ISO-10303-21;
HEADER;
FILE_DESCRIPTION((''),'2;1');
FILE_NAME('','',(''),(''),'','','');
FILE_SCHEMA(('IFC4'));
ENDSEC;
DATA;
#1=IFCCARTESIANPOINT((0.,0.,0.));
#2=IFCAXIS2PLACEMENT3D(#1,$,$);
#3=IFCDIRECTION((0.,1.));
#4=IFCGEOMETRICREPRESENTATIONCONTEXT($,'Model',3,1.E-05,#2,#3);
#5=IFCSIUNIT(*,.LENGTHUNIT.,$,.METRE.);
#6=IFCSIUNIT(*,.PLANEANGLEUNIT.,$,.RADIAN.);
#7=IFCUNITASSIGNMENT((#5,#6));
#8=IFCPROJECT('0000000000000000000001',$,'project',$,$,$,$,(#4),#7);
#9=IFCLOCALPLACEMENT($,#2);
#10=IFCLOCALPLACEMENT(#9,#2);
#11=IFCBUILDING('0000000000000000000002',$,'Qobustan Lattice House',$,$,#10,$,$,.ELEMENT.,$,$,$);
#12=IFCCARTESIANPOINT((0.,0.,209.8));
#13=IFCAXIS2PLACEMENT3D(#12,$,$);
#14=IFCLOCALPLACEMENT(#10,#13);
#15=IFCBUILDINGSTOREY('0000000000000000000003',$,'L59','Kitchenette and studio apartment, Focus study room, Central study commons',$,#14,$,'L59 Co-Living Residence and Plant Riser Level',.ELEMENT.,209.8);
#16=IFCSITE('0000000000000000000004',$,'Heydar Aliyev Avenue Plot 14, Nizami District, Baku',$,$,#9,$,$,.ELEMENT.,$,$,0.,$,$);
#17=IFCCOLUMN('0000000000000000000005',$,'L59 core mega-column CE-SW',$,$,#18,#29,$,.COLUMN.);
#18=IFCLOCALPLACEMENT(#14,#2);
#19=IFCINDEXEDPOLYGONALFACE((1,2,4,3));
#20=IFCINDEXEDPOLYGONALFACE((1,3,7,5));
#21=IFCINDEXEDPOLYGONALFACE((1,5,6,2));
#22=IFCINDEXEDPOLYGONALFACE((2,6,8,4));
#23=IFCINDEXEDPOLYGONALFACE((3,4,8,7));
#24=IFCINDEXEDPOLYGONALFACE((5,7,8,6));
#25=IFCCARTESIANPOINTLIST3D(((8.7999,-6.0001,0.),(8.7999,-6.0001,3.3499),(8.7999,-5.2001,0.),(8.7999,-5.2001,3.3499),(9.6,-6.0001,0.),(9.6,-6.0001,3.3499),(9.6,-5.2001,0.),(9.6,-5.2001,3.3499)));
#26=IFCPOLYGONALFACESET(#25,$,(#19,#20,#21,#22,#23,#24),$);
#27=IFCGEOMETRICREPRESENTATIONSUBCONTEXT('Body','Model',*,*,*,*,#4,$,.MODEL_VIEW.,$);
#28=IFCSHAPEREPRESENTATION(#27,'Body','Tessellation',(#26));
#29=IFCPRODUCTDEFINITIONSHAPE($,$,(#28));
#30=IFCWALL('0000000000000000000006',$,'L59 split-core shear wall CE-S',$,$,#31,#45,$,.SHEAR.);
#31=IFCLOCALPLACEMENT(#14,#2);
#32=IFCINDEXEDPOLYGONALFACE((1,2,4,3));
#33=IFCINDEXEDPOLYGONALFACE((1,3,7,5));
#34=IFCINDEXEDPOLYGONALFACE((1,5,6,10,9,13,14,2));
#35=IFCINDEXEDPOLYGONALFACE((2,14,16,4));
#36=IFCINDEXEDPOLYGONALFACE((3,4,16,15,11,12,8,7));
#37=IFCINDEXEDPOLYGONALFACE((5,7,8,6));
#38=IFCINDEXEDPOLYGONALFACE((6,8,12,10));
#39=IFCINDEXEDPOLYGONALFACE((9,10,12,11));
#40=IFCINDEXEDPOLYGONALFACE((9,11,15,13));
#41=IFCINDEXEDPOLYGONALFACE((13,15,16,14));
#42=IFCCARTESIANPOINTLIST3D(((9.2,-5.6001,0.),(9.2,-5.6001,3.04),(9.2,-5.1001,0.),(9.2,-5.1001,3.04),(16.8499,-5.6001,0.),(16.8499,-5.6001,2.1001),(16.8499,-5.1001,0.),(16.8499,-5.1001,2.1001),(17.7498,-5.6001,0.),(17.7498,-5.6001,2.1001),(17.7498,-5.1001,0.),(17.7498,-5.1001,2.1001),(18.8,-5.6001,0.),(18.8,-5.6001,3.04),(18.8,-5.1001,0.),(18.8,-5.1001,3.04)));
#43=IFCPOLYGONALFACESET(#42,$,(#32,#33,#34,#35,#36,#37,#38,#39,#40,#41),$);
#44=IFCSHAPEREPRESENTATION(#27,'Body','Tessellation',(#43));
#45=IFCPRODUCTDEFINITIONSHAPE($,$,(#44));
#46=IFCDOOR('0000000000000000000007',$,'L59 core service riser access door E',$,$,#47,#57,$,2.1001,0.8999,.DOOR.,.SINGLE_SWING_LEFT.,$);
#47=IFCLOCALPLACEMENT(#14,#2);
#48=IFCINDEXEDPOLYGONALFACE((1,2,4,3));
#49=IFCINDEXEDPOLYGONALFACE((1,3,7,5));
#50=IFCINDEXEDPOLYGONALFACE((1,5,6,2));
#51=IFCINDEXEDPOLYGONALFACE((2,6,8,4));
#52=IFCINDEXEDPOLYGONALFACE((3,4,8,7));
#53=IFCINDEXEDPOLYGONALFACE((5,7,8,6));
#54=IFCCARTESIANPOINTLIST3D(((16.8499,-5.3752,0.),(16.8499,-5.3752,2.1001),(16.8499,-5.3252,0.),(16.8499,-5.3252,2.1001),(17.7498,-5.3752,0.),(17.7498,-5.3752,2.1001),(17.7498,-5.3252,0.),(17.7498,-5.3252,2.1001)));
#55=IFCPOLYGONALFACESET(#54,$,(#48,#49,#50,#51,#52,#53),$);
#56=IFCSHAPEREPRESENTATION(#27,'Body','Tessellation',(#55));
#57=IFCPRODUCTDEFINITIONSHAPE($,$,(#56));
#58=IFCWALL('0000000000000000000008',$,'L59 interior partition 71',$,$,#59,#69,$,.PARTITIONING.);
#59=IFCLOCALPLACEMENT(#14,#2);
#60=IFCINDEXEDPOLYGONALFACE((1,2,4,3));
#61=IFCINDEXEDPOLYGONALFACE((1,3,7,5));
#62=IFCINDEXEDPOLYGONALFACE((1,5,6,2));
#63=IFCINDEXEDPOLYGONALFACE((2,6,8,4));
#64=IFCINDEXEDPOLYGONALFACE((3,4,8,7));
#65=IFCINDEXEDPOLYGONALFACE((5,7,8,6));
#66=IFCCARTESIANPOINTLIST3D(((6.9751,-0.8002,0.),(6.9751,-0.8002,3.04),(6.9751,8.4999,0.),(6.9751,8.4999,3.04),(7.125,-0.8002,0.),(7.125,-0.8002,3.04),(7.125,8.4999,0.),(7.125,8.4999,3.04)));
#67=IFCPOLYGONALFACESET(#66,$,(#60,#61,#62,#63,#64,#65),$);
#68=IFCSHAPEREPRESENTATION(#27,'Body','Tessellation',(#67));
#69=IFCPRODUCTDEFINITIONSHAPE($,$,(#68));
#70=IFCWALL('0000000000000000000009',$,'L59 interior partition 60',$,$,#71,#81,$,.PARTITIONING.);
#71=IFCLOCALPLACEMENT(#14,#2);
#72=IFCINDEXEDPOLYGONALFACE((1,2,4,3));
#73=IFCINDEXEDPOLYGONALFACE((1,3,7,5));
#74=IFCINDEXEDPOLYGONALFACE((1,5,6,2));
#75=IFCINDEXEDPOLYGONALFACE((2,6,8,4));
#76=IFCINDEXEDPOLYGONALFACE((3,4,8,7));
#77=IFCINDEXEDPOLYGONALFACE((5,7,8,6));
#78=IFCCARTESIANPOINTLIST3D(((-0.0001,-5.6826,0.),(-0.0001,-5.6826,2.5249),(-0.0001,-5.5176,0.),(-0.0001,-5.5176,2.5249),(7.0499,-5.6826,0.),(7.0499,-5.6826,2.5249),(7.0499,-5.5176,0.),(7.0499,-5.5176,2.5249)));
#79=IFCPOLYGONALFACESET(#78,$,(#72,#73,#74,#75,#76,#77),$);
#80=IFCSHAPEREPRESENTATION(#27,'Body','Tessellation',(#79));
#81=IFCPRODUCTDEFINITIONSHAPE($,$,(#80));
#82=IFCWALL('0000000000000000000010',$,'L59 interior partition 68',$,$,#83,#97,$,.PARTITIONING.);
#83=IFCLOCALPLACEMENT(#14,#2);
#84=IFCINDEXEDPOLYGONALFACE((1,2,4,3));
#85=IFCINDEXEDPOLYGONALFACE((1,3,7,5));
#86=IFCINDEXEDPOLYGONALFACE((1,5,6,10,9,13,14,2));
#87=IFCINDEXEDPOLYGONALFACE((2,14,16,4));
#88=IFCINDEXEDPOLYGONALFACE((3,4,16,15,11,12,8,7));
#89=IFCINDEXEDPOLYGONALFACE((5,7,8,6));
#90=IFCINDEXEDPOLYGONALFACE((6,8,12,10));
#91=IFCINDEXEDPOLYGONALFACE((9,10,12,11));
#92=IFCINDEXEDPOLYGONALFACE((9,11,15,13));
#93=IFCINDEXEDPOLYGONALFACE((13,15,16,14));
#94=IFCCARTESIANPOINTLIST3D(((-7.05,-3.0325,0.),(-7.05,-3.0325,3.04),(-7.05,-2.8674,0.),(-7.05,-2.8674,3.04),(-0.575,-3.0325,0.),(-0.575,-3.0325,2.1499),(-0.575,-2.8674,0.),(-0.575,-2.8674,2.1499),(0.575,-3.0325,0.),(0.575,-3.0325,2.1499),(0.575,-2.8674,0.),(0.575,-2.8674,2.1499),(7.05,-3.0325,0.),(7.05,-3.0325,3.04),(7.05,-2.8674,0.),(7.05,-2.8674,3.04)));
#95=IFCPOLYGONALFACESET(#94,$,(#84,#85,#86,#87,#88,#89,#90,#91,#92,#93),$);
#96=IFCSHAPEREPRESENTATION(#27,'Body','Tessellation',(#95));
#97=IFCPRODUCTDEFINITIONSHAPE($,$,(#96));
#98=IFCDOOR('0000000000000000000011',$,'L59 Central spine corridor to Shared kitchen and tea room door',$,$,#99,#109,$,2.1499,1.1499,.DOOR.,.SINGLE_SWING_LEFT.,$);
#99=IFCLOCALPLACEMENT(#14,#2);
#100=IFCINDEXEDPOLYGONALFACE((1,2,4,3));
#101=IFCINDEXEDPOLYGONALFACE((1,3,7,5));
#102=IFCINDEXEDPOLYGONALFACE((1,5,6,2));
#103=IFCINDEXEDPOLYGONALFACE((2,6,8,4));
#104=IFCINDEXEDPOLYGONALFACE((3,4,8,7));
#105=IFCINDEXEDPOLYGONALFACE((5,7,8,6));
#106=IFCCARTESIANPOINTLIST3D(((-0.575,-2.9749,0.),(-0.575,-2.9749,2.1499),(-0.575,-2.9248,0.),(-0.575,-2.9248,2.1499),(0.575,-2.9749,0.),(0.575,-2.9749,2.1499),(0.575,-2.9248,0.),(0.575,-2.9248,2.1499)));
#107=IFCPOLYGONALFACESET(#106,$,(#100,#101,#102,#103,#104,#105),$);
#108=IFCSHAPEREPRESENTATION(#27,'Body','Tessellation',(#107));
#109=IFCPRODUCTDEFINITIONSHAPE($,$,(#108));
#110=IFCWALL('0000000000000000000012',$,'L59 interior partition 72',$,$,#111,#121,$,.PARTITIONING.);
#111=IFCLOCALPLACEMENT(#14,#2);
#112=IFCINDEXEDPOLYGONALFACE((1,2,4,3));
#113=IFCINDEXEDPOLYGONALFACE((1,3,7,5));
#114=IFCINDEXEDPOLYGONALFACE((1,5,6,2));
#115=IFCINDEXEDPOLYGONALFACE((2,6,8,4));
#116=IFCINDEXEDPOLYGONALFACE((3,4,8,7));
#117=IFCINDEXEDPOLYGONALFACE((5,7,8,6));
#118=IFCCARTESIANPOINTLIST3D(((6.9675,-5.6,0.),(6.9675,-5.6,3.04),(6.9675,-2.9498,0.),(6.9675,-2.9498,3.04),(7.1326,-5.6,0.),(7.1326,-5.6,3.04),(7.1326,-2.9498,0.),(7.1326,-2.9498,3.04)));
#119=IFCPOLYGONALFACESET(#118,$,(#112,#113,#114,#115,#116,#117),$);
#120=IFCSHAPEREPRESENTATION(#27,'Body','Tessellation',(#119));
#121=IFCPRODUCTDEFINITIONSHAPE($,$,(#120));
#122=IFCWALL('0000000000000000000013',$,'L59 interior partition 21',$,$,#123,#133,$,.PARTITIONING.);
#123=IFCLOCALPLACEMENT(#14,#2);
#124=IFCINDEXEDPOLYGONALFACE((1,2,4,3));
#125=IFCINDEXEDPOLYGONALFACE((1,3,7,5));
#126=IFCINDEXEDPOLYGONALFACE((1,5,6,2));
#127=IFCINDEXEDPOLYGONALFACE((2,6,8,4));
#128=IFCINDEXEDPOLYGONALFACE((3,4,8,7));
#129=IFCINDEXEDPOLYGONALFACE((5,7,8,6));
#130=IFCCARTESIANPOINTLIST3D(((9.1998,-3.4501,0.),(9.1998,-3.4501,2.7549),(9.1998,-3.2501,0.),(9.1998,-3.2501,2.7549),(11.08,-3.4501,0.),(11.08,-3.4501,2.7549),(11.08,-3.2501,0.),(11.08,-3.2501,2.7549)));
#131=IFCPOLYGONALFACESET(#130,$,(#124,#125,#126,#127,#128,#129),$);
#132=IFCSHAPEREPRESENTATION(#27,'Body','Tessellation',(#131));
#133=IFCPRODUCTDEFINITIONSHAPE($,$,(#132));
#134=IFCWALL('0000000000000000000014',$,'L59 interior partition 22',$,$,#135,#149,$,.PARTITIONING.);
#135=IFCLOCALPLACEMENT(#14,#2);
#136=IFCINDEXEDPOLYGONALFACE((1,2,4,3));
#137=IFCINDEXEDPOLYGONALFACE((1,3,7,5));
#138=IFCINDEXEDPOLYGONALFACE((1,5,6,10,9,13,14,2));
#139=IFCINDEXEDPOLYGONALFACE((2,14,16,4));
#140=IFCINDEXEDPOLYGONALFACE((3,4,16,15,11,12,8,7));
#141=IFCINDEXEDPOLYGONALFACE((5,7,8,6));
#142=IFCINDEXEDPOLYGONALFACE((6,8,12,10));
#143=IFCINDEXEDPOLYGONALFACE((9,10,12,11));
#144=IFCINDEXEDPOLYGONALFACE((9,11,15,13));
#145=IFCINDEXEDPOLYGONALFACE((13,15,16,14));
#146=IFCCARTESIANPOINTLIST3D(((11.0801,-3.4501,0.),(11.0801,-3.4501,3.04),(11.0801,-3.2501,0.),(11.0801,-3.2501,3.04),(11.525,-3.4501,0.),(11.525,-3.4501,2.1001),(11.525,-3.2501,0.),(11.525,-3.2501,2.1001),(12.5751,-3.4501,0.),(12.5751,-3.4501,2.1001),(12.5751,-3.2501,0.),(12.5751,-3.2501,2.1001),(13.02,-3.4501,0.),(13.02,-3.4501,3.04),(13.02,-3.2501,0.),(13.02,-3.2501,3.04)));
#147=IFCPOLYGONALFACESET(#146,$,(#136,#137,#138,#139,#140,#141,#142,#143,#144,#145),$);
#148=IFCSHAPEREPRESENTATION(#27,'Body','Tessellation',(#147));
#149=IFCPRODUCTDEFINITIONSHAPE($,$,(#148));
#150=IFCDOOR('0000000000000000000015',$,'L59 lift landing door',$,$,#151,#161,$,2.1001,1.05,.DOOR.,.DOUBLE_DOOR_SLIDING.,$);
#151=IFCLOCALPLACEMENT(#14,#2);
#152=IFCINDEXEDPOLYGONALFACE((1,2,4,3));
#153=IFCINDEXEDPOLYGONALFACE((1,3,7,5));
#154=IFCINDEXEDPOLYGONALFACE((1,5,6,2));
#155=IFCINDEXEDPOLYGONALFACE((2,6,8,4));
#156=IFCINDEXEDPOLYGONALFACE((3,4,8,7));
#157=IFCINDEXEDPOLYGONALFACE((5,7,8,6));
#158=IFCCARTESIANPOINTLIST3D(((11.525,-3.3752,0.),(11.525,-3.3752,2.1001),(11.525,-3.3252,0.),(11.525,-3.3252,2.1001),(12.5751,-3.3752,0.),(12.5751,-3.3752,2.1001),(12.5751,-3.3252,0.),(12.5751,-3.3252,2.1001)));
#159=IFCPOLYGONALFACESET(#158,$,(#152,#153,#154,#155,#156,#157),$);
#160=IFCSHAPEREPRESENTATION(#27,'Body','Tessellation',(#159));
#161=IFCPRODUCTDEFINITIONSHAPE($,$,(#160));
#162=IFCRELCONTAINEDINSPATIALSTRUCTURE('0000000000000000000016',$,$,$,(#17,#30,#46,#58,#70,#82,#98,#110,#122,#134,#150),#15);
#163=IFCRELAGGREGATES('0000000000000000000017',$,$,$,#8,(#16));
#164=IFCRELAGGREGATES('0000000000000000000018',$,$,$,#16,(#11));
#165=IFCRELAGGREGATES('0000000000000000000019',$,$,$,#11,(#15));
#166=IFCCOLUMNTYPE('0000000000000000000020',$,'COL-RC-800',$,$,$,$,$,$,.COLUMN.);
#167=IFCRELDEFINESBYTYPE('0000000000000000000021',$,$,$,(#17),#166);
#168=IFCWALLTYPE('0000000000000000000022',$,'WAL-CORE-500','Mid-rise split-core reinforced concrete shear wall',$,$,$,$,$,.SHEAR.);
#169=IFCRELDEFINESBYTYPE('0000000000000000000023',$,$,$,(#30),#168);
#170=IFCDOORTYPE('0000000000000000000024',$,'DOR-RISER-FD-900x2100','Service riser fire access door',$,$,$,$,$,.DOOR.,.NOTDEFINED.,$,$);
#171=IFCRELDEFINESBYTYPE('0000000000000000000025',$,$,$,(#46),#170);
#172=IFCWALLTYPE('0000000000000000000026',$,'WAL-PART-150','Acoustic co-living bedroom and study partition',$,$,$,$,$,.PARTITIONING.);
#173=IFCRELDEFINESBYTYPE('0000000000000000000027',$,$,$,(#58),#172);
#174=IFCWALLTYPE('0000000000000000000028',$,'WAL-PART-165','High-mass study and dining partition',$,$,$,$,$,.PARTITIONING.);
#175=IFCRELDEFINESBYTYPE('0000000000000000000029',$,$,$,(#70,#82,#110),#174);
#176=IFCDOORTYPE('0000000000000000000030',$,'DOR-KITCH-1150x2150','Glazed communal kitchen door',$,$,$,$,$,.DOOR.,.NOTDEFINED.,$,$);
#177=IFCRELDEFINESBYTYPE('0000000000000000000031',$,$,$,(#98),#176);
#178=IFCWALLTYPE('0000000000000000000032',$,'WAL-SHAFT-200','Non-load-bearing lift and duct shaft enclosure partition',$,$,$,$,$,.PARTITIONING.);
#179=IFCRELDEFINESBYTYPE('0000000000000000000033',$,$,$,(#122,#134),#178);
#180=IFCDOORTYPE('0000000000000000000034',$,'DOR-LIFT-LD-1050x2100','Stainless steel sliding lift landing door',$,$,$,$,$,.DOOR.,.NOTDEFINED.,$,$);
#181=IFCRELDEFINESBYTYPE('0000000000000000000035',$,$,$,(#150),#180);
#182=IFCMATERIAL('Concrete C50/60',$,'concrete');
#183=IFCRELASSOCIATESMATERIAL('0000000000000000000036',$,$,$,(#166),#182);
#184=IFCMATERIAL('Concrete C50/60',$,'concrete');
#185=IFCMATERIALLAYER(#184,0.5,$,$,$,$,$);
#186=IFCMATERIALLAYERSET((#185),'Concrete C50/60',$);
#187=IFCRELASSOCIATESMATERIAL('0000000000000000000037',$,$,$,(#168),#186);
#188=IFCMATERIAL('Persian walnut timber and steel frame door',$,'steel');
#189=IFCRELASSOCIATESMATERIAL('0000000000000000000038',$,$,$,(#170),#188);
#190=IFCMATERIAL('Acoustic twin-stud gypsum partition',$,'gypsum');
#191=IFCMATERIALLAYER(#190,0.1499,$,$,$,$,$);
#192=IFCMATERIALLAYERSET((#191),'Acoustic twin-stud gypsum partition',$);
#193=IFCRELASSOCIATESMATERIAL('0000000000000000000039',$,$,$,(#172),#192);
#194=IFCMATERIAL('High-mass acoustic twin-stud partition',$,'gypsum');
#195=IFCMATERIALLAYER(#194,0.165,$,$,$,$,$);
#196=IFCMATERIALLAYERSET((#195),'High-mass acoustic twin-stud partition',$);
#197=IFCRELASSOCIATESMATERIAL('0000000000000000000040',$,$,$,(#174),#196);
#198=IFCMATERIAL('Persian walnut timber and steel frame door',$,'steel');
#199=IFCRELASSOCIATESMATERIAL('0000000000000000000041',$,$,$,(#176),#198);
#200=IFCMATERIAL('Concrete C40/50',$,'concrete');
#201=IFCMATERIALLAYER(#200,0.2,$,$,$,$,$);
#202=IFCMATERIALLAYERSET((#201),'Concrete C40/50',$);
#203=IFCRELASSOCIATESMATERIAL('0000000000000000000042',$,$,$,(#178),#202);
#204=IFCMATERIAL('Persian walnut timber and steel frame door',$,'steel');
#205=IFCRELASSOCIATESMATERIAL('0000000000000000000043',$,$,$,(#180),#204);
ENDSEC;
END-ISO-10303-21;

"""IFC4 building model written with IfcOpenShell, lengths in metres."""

from ifc_helpers import new_model, si_unit, direction, frame, frame_2d, origin, origin_2d, place, context, subcontext, project, spatial, rectangle, extrude, material, layer, layer_set, material_profile, profile_set, type_object, element, fill, save


model = new_model("IFC4")

# Units and contexts
model_context = context("Model", 3, precision=1e-05, world=origin(), true_north=direction((0.0, 1.0)))
body_context = subcontext(model_context, "Body", "Model", "MODEL_VIEW")
ifc_project = project(units=[si_unit("LENGTHUNIT", "METRE"), si_unit("PLANEANGLEUNIT", "RADIAN")], contexts=[model_context])

# Site, building, storey
site_placement = place(None, origin())
site = spatial("IfcSite", under=ifc_project, at=site_placement, Name="Heydar Aliyev Avenue Plot 14, Nizami District, Baku", CompositionType="ELEMENT", RefElevation=0.0)
building_placement = place(site_placement, origin())
building = spatial("IfcBuilding", under=site, at=building_placement, Name="Qobustan Lattice House", CompositionType="ELEMENT")
storey_placement = place(building_placement, frame((0.0, 0.0, 209.8)))
storey = spatial("IfcBuildingStorey", under=building, at=storey_placement, Name="L59", Description="Kitchenette and studio apartment, Focus study room, Central study commons", LongName="L59 Co-Living Residence and Plant Riser Level", CompositionType="ELEMENT", Elevation=209.8)

# Column
ifc_material_1 = material(Name="Concrete C50/60", Category="concrete")
ifc_material_profile = material_profile(ifc_material_1, rectangle(XDim=0.8, YDim=0.8, at=origin_2d()), Name="RC800x800")
ifc_profile_set = profile_set([ifc_material_profile], Name="Concrete C50/60")
column_type = type_object("IfcColumnType", Name="COL-RC-800", PredefinedType="COLUMN", material=ifc_profile_set)
column_placement = place(storey_placement, frame((9.2, -5.6001, 0.0), z_axis=(0.0, 0.0, 1.0), x_axis=(1.0, 0.0, 0.0)))
element("IfcColumn", 1, at=column_placement, inside=storey, type_object=column_type, Name="L59 core mega-column CE-SW", PredefinedType="COLUMN", context=body_context, shape_type="SweptSolid", body=[
    extrude(rectangle(XDim=0.8, YDim=0.8, at=origin_2d()), origin(), (0.0, 0.0, 1.0), 3.3499),
])

# Wall, opening, door
ifc_material_2 = material(Name="Concrete C50/60", Category="concrete")
ifc_layer_1 = layer(ifc_material_2, 0.5)
ifc_layer_set_1 = layer_set([ifc_layer_1], Name="Concrete C50/60")
wall_type_1 = type_object("IfcWallType", Name="WAL-CORE-500", Description="Mid-rise split-core reinforced concrete shear wall", PredefinedType="SHEAR", material=ifc_layer_set_1)
wall_1_placement = place(storey_placement, frame((9.2, -5.3501, 0.0), z_axis=(0.0, 0.0, 1.0), x_axis=(1.0, 0.0, 0.0)))
wall_1 = element("IfcWall", 2, at=wall_1_placement, inside=storey, type_object=wall_type_1, Name="L59 split-core shear wall CE-S", PredefinedType="SHEAR", context=body_context, shape_type="SweptSolid", body=[
    extrude(rectangle(XDim=9.6001, YDim=0.5, at=frame_2d((4.8, 0.0))), origin(), (0.0, 0.0, 1.0), 3.04),
])
opening_1_placement = place(wall_1_placement, frame((7.6499, 0.0, 0.0)))
opening_1 = element("IfcOpeningElement", 3, at=opening_1_placement, cuts=wall_1, PredefinedType="OPENING", context=body_context, shape_type="SweptSolid", body=[
    extrude(rectangle(XDim=0.8999, YDim=2.1001, at=frame_2d((0.45, 1.05))), frame((0.0, 0.26, 0.0), z_axis=(0.0, -1.0, 0.0), x_axis=(1.0, 0.0, 0.0)), (0.0, 0.0, 1.0), 0.52),
])
ifc_material_3 = material(Name="Persian walnut timber and steel frame door", Category="steel")
door_type_1 = type_object("IfcDoorType", Name="DOR-RISER-FD-900x2100", Description="Service riser fire access door", OperationType="NOTDEFINED", PredefinedType="DOOR", material=ifc_material_3)
door_1_placement = place(opening_1_placement, origin())
door_1 = element("IfcDoor", 4, at=door_1_placement, inside=storey, type_object=door_type_1, Name="L59 core service riser access door E", OperationType="SINGLE_SWING_LEFT", OverallHeight=2.1001, OverallWidth=0.8999, PredefinedType="DOOR", context=body_context, shape_type="SweptSolid", body=[
    extrude(rectangle(XDim=0.8999, YDim=2.1001, at=frame_2d((0.45, 1.05))), frame((0.0, 0.0249, 0.0), z_axis=(0.0, -1.0, 0.0), x_axis=(1.0, 0.0, 0.0)), (0.0, 0.0, 1.0), 0.05),
])
fill(opening_1, door_1)

# Walls
ifc_material_4 = material(Name="Acoustic twin-stud gypsum partition", Category="gypsum")
ifc_layer_2 = layer(ifc_material_4, 0.1499)
ifc_layer_set_2 = layer_set([ifc_layer_2], Name="Acoustic twin-stud gypsum partition")
wall_type_2 = type_object("IfcWallType", Name="WAL-PART-150", Description="Acoustic co-living bedroom and study partition", PredefinedType="PARTITIONING", material=ifc_layer_set_2)
wall_2_placement = place(storey_placement, frame((7.05, -0.8, 0.0), z_axis=(0.0, 0.0, 1.0), x_axis=(0.0, 1.0, 0.0)))
element("IfcWall", 5, at=wall_2_placement, inside=storey, type_object=wall_type_2, Name="L59 interior partition 71", PredefinedType="PARTITIONING", context=body_context, shape_type="SweptSolid", body=[
    extrude(rectangle(XDim=9.3, YDim=0.1499, at=frame_2d((4.6499, 0.0))), origin(), (0.0, 0.0, 1.0), 3.04),
])
ifc_material_5 = material(Name="High-mass acoustic twin-stud partition", Category="gypsum")
ifc_layer_3 = layer(ifc_material_5, 0.165)
ifc_layer_set_3 = layer_set([ifc_layer_3], Name="High-mass acoustic twin-stud partition")
wall_type_3 = type_object("IfcWallType", Name="WAL-PART-165", Description="High-mass study and dining partition", PredefinedType="PARTITIONING", material=ifc_layer_set_3)
wall_3_placement = place(storey_placement, frame((0.0, -5.6001, 0.0), z_axis=(0.0, 0.0, 1.0), x_axis=(1.0, 0.0, 0.0)))
element("IfcWall", 6, at=wall_3_placement, inside=storey, type_object=wall_type_3, Name="L59 interior partition 60", PredefinedType="PARTITIONING", context=body_context, shape_type="SweptSolid", body=[
    extrude(rectangle(XDim=7.05, YDim=0.165, at=frame_2d((3.5249, 0.0))), origin(), (0.0, 0.0, 1.0), 2.5249),
])

# Wall, opening, door
wall_4_placement = place(storey_placement, frame((7.05, -2.95, 0.0), z_axis=(0.0, 0.0, 1.0), x_axis=(-1.0, 0.0, 0.0)))
wall_4 = element("IfcWall", 7, at=wall_4_placement, inside=storey, type_object=wall_type_3, Name="L59 interior partition 68", PredefinedType="PARTITIONING", context=body_context, shape_type="SweptSolid", body=[
    extrude(rectangle(XDim=14.1001, YDim=0.165, at=frame_2d((7.05, 0.0))), origin(), (0.0, 0.0, 1.0), 3.04),
])
opening_2_placement = place(wall_4_placement, frame((6.4751, 0.0, 0.0)))
opening_2 = element("IfcOpeningElement", 8, at=opening_2_placement, cuts=wall_4, PredefinedType="OPENING", context=body_context, shape_type="SweptSolid", body=[
    extrude(rectangle(XDim=1.1499, YDim=2.1499, at=frame_2d((0.575, 1.075))), frame((0.0, 0.0925, 0.0), z_axis=(0.0, -1.0, 0.0), x_axis=(1.0, 0.0, 0.0)), (0.0, 0.0, 1.0), 0.1851),
])
ifc_material_6 = material(Name="Persian walnut timber and steel frame door", Category="steel")
door_type_2 = type_object("IfcDoorType", Name="DOR-KITCH-1150x2150", Description="Glazed communal kitchen door", OperationType="NOTDEFINED", PredefinedType="DOOR", material=ifc_material_6)
door_2_placement = place(opening_2_placement, origin())
door_2 = element("IfcDoor", 9, at=door_2_placement, inside=storey, type_object=door_type_2, Name="L59 Central spine corridor to Shared kitchen and tea room door", OperationType="SINGLE_SWING_LEFT", OverallHeight=2.1499, OverallWidth=1.1499, PredefinedType="DOOR", context=body_context, shape_type="SweptSolid", body=[
    extrude(rectangle(XDim=1.1499, YDim=2.1499, at=frame_2d((0.575, 1.075))), frame((0.0, 0.0249, 0.0), z_axis=(0.0, -1.0, 0.0), x_axis=(1.0, 0.0, 0.0)), (0.0, 0.0, 1.0), 0.05),
])
fill(opening_2, door_2)

# Walls
wall_5_placement = place(storey_placement, frame((7.05, -5.6001, 0.0), z_axis=(0.0, 0.0, 1.0), x_axis=(0.0, 1.0, 0.0)))
element("IfcWall", 10, at=wall_5_placement, inside=storey, type_object=wall_type_3, Name="L59 interior partition 72", PredefinedType="PARTITIONING", context=body_context, shape_type="SweptSolid", body=[
    extrude(rectangle(XDim=2.6501, YDim=0.165, at=frame_2d((1.3252, 0.0))), origin(), (0.0, 0.0, 1.0), 3.04),
])
ifc_material_7 = material(Name="Concrete C40/50", Category="concrete")
ifc_layer_4 = layer(ifc_material_7, 0.2)
ifc_layer_set_4 = layer_set([ifc_layer_4], Name="Concrete C40/50")
wall_type_4 = type_object("IfcWallType", Name="WAL-SHAFT-200", Description="Non-load-bearing lift and duct shaft enclosure partition", PredefinedType="PARTITIONING", material=ifc_layer_set_4)
wall_6_placement = place(storey_placement, frame((9.2, -3.3501, 0.0), z_axis=(0.0, 0.0, 1.0), x_axis=(1.0, 0.0, 0.0)))
element("IfcWall", 11, at=wall_6_placement, inside=storey, type_object=wall_type_4, Name="L59 interior partition 21", PredefinedType="PARTITIONING", context=body_context, shape_type="SweptSolid", body=[
    extrude(rectangle(XDim=1.8801, YDim=0.2, at=frame_2d((0.9399, 0.0))), origin(), (0.0, 0.0, 1.0), 2.7549),
])

# Wall, opening, door
wall_7_placement = place(storey_placement, frame((11.0801, -3.3501, 0.0), z_axis=(0.0, 0.0, 1.0), x_axis=(1.0, 0.0, 0.0)))
wall_7 = element("IfcWall", 12, at=wall_7_placement, inside=storey, type_object=wall_type_4, Name="L59 interior partition 22", PredefinedType="PARTITIONING", context=body_context, shape_type="SweptSolid", body=[
    extrude(rectangle(XDim=1.9399, YDim=0.2, at=frame_2d((0.97, 0.0))), origin(), (0.0, 0.0, 1.0), 3.04),
])
opening_3_placement = place(wall_7_placement, frame((0.4451, 0.0, 0.0)))
opening_3 = element("IfcOpeningElement", 13, at=opening_3_placement, cuts=wall_7, PredefinedType="OPENING", context=body_context, shape_type="SweptSolid", body=[
    extrude(rectangle(XDim=1.05, YDim=2.1001, at=frame_2d((0.5249, 1.05))), frame((0.0, 0.1099, 0.0), z_axis=(0.0, -1.0, 0.0), x_axis=(1.0, 0.0, 0.0)), (0.0, 0.0, 1.0), 0.22),
])
ifc_material_8 = material(Name="Persian walnut timber and steel frame door", Category="steel")
door_type_3 = type_object("IfcDoorType", Name="DOR-LIFT-LD-1050x2100", Description="Stainless steel sliding lift landing door", OperationType="NOTDEFINED", PredefinedType="DOOR", material=ifc_material_8)
door_3_placement = place(opening_3_placement, origin())
door_3 = element("IfcDoor", 14, at=door_3_placement, inside=storey, type_object=door_type_3, Name="L59 lift landing door", OperationType="DOUBLE_DOOR_SLIDING", OverallHeight=2.1001, OverallWidth=1.05, PredefinedType="DOOR", context=body_context, shape_type="SweptSolid", body=[
    extrude(rectangle(XDim=1.05, YDim=2.1001, at=frame_2d((0.5249, 1.05))), frame((0.0, 0.0249, 0.0), z_axis=(0.0, -1.0, 0.0), x_axis=(1.0, 0.0, 0.0)), (0.0, 0.0, 1.0), 0.05),
])
fill(opening_3, door_3)

save(model, "model.ifc")
